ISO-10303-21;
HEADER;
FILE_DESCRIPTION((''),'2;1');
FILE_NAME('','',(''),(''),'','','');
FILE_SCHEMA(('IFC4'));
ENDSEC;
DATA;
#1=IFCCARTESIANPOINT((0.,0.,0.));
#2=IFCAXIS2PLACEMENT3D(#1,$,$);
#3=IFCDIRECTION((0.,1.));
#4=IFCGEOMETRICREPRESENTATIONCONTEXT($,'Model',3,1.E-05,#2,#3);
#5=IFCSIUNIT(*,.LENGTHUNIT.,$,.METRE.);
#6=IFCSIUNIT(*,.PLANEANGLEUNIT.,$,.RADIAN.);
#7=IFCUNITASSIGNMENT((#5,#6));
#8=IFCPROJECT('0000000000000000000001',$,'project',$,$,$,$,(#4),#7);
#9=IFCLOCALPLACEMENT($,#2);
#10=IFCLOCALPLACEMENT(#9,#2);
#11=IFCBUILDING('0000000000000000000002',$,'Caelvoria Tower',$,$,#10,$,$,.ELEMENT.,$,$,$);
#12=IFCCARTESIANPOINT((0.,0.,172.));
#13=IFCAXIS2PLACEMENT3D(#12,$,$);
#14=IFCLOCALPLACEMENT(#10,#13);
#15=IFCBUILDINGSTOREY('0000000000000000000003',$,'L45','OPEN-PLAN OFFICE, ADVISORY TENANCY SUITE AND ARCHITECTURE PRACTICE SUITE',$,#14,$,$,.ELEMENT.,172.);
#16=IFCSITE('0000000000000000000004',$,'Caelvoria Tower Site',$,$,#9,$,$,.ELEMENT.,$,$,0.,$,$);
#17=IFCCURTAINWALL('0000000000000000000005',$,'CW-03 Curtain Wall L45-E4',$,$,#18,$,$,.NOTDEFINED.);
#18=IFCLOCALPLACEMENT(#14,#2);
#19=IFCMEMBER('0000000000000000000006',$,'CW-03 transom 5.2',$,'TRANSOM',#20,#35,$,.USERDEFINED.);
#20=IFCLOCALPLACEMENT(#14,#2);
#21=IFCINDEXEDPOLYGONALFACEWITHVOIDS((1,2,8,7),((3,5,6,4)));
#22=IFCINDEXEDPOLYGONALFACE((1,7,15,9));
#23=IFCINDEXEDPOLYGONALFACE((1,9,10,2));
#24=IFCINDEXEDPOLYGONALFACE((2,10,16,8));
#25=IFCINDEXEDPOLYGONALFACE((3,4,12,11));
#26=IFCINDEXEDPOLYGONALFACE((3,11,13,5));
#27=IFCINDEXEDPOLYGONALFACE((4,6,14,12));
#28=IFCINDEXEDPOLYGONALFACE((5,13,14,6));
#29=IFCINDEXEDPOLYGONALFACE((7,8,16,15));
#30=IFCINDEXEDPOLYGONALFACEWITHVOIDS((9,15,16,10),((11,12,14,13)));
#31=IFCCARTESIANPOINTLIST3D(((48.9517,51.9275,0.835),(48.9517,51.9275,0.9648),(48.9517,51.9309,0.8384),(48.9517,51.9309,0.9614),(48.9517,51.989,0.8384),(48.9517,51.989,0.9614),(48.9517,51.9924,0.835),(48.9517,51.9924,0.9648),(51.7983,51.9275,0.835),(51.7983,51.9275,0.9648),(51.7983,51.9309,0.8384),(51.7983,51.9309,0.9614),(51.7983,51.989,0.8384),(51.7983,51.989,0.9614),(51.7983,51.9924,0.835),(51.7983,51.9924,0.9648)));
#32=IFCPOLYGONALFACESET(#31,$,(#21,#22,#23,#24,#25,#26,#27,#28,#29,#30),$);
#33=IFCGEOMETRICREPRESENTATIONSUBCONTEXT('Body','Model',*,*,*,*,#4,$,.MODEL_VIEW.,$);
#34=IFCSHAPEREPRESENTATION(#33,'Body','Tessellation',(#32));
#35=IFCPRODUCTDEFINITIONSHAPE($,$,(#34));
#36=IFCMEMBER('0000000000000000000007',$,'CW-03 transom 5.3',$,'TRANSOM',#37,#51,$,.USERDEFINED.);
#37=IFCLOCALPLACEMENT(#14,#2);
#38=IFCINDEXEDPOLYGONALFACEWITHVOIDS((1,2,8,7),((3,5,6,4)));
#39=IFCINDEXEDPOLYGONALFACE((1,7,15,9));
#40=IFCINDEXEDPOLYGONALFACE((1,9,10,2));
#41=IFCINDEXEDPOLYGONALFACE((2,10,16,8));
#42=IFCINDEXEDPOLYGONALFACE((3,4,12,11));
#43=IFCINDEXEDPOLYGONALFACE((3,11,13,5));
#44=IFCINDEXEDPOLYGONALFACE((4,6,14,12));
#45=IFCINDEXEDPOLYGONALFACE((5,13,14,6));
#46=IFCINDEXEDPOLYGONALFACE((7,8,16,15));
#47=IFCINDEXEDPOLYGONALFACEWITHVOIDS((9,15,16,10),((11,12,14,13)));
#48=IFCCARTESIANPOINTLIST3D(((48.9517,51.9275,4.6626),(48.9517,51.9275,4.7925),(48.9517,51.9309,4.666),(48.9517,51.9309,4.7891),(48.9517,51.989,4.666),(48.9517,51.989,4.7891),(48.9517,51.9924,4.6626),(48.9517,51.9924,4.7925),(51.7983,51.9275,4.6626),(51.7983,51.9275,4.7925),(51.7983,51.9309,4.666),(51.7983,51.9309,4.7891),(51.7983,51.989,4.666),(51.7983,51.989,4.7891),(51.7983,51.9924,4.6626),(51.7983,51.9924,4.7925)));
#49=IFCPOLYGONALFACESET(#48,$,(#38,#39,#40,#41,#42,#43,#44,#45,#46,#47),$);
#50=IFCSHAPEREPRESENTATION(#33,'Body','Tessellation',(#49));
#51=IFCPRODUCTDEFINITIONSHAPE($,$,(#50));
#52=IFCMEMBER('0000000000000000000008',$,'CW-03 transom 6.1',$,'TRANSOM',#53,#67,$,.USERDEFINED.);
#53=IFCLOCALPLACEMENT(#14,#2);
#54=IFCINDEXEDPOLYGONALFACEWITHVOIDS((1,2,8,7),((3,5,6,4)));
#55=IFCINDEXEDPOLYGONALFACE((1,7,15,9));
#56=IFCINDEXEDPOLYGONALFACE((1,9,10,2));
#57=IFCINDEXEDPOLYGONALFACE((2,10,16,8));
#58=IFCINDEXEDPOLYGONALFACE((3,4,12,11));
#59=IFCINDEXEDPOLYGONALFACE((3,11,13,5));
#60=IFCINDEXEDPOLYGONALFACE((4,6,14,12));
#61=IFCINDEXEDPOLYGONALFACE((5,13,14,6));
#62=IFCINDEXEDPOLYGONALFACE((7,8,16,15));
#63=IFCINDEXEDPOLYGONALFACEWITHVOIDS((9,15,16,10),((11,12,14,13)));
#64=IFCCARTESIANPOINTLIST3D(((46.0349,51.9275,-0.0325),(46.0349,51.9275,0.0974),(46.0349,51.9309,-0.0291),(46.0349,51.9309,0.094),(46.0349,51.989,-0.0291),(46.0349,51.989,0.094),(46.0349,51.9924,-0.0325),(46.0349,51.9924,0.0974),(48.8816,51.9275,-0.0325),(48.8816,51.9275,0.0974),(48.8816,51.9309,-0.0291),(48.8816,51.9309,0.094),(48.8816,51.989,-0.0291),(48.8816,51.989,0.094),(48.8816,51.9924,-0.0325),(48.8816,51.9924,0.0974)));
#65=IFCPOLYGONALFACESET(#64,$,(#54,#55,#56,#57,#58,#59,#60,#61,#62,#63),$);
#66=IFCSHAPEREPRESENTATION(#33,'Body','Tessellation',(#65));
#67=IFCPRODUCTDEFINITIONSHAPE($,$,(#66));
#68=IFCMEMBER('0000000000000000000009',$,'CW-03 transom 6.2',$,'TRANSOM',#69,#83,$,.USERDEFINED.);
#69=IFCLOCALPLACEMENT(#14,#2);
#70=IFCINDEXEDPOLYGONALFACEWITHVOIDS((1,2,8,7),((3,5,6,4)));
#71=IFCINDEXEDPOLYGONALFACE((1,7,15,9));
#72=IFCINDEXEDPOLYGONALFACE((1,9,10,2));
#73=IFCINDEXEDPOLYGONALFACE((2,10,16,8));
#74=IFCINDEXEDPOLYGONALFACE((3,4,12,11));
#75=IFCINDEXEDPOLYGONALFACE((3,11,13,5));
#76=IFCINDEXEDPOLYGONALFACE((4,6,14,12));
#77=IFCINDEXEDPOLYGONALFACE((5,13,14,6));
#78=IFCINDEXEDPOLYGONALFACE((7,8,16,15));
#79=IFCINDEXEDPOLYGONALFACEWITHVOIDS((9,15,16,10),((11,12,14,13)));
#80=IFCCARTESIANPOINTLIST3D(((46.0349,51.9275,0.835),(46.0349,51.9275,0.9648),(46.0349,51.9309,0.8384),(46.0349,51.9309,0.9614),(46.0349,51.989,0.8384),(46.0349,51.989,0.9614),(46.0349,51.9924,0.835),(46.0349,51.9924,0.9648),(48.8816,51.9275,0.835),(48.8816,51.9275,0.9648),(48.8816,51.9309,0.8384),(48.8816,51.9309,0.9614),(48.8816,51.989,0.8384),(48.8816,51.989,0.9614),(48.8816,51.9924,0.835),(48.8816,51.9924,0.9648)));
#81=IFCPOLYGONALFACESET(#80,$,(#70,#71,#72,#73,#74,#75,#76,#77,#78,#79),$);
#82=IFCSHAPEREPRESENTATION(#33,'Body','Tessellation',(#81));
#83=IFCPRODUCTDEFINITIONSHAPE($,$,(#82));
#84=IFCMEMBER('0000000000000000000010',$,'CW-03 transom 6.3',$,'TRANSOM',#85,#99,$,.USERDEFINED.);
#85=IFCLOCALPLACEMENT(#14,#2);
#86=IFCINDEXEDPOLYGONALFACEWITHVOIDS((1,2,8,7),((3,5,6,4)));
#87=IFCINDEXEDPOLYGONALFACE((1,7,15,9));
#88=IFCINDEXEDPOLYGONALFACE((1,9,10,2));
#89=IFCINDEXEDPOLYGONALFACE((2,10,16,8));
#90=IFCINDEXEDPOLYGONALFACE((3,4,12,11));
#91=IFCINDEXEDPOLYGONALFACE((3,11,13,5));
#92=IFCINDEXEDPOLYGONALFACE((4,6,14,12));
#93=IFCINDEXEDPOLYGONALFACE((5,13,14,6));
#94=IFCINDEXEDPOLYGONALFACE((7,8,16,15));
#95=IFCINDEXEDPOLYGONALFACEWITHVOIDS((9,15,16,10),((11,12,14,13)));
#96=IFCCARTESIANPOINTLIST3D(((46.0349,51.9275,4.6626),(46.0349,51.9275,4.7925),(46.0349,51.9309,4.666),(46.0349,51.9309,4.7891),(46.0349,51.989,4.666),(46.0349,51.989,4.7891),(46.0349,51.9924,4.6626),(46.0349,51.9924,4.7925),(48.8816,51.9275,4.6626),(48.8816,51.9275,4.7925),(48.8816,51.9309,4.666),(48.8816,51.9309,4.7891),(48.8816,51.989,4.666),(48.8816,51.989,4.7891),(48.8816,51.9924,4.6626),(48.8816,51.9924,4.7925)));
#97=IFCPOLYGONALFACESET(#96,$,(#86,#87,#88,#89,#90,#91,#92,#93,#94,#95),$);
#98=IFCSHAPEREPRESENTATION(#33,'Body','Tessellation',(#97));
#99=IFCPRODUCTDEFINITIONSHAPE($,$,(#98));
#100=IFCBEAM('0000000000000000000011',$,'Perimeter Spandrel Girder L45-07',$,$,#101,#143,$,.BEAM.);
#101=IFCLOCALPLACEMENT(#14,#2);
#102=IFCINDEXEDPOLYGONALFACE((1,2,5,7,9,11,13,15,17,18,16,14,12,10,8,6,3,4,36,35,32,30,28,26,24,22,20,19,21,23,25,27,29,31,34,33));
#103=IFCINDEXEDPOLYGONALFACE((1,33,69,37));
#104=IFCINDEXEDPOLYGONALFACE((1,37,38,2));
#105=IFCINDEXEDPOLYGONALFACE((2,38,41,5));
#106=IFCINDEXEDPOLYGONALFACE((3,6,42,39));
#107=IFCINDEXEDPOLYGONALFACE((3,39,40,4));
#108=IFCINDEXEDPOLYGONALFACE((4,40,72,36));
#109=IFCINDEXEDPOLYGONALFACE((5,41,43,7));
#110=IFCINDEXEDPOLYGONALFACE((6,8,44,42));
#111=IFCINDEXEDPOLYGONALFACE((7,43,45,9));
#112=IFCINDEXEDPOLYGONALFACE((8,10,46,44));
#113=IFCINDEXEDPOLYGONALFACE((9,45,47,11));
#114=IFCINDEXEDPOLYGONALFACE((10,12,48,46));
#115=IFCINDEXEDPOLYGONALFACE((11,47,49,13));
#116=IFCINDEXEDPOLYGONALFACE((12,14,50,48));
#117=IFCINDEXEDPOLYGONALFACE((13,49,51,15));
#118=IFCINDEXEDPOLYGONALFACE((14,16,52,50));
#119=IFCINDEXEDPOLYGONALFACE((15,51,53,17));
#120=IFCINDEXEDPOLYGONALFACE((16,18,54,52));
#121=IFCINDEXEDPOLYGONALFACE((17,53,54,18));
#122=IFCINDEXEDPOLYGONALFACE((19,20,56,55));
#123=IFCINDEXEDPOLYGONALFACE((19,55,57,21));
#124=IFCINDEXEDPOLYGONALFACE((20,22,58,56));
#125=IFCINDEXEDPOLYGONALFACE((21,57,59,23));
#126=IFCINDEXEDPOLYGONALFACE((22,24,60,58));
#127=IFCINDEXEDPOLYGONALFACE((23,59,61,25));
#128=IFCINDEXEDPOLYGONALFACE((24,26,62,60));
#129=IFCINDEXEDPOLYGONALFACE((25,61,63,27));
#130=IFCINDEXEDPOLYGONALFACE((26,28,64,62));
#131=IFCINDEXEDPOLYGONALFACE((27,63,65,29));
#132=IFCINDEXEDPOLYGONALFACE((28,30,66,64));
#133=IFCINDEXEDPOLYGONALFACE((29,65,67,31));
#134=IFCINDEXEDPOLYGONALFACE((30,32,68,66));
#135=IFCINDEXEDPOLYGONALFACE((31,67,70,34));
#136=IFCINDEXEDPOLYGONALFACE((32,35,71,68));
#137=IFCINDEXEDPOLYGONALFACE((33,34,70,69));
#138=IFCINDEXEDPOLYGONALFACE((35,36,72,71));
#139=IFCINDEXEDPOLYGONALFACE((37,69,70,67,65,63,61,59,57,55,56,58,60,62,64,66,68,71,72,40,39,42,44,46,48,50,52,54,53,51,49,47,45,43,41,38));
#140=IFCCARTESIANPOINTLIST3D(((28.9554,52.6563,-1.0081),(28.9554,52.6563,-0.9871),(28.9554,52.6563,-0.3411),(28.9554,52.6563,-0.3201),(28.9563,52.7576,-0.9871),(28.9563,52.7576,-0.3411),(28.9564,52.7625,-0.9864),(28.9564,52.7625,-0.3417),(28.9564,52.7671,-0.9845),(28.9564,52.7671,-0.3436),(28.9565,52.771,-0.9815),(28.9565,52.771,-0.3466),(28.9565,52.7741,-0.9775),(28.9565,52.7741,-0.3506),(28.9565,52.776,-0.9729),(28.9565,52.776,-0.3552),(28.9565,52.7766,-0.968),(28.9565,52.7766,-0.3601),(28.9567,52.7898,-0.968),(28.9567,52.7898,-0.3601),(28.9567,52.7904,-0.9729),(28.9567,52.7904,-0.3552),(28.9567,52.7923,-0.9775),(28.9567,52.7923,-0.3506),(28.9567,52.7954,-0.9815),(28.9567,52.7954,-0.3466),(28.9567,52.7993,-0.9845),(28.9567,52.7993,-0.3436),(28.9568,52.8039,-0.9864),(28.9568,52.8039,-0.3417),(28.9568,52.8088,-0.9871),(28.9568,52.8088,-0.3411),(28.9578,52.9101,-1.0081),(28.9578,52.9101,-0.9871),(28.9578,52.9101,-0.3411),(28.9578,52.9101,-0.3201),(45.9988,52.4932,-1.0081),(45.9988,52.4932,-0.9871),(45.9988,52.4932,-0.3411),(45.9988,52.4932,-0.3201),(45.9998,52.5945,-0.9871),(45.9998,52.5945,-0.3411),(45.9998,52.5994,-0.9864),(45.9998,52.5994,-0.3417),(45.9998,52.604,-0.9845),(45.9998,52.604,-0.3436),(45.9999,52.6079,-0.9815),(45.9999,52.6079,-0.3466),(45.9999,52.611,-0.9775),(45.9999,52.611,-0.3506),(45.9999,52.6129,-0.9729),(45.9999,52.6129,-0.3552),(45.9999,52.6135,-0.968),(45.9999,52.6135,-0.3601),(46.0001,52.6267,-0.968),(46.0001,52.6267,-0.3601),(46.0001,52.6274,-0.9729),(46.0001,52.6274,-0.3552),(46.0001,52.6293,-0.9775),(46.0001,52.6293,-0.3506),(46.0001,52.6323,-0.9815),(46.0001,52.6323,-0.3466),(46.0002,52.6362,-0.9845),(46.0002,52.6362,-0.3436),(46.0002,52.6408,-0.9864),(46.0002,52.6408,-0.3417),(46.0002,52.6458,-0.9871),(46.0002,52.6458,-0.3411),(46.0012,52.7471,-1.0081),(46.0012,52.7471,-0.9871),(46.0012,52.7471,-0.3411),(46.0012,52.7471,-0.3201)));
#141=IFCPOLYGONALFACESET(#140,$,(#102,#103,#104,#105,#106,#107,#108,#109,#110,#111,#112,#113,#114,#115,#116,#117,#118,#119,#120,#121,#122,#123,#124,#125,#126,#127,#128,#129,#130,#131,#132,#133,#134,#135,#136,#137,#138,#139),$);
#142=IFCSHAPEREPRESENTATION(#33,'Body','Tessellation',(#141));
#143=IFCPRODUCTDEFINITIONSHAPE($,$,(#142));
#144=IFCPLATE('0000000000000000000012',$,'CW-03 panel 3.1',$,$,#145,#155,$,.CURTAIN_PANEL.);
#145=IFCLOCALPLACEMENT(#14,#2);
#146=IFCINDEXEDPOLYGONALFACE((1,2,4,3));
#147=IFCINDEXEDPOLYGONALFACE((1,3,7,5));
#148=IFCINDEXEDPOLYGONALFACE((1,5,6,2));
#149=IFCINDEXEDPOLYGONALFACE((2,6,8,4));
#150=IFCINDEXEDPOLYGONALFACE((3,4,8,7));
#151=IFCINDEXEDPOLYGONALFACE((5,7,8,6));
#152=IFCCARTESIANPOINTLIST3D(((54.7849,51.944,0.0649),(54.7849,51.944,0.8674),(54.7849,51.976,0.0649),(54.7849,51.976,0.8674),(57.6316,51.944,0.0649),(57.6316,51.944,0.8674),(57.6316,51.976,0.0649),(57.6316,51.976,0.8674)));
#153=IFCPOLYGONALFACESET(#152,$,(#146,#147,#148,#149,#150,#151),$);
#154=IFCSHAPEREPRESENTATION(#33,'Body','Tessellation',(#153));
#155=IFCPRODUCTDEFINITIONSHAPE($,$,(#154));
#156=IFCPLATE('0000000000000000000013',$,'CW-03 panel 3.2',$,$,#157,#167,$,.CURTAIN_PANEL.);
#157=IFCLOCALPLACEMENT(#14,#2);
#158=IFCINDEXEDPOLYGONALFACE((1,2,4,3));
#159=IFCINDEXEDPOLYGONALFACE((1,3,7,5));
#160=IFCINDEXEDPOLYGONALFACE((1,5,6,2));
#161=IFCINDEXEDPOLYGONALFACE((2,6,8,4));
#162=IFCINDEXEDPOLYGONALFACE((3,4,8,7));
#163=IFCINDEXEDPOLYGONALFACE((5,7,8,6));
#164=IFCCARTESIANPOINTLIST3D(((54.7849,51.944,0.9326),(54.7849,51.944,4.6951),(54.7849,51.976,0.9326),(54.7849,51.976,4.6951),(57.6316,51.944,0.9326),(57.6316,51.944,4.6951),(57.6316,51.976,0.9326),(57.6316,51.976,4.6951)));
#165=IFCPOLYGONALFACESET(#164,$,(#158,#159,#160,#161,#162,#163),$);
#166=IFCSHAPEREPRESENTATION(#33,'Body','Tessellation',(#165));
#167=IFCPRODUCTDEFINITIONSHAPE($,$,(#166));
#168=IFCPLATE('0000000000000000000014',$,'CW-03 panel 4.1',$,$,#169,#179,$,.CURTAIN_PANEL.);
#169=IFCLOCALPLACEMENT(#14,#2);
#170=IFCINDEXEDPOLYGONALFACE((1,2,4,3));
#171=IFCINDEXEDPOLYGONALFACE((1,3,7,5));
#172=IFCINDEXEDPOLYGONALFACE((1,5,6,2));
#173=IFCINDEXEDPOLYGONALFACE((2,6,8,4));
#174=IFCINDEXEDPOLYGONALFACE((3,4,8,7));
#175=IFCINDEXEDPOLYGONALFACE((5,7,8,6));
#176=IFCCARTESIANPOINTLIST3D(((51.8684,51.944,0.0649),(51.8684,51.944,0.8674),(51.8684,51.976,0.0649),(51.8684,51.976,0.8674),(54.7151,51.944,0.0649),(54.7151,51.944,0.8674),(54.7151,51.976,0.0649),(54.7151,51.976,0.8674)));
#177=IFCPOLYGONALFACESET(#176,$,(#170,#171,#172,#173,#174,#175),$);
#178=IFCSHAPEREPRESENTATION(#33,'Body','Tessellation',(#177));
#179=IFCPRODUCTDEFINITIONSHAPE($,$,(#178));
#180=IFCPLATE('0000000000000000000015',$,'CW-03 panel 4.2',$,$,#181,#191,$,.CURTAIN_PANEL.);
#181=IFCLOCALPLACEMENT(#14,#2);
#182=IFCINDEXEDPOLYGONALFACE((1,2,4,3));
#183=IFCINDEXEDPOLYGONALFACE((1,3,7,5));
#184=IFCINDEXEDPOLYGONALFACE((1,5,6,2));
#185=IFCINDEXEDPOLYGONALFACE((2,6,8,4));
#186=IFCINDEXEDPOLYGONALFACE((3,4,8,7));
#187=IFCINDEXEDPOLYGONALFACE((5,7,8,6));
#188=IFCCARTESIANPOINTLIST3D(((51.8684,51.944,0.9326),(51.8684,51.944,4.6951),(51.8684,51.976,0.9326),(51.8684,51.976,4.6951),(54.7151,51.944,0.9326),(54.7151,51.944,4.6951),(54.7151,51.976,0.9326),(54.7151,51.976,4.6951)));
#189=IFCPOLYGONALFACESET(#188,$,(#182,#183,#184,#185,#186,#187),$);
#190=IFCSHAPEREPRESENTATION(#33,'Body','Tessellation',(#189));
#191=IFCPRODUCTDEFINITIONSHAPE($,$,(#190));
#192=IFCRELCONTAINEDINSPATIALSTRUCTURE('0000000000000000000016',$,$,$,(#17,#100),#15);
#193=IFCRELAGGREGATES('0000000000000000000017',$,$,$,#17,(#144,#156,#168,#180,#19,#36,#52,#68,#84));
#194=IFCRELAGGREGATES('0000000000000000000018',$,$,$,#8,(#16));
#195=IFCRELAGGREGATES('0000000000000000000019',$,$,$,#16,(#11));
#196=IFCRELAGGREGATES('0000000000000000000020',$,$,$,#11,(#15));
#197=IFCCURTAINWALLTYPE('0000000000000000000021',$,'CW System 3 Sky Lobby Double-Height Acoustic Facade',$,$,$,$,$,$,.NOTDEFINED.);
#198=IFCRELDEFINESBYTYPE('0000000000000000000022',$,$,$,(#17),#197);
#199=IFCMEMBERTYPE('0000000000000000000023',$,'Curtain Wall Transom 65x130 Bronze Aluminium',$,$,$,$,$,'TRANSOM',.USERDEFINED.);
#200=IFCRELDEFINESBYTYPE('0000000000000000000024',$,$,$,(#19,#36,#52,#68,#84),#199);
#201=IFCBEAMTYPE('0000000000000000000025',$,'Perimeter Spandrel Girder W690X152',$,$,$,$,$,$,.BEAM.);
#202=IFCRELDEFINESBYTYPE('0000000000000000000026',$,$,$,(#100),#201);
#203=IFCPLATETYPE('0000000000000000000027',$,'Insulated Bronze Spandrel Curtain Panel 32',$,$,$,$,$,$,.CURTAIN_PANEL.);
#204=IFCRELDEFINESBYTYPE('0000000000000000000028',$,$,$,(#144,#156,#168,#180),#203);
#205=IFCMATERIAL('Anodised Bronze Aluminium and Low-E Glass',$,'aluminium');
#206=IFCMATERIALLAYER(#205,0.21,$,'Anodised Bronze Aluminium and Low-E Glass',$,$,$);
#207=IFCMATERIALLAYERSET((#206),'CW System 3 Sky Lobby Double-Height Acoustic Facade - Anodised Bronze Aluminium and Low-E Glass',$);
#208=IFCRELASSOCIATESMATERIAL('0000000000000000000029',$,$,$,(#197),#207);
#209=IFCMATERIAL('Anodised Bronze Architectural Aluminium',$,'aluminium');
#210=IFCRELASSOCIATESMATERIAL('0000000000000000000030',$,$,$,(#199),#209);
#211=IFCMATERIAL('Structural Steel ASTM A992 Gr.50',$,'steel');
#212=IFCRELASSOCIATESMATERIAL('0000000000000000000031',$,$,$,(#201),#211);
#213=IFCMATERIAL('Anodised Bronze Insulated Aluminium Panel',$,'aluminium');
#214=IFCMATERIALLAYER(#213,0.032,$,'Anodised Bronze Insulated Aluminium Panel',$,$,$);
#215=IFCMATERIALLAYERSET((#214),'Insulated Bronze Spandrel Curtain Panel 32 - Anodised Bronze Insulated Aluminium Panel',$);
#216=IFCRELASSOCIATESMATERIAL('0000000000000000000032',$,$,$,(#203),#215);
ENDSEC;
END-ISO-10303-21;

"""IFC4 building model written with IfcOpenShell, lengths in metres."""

from ifc_helpers import new_model, si_unit, direction, frame, origin, origin_2d, place, context, subcontext, project, spatial, rectangle, hollow_rectangle, i_section, extrude, material, layer, layer_set, material_profile, profile_set, type_object, element, aggregate, save


model = new_model("IFC4")

# Units and contexts
model_context = context("Model", 3, precision=1e-05, world=origin(), true_north=direction((0.0, 1.0)))
body_context = subcontext(model_context, "Body", "Model", "MODEL_VIEW")
ifc_project = project(units=[si_unit("LENGTHUNIT", "METRE"), si_unit("PLANEANGLEUNIT", "RADIAN")], contexts=[model_context])

# Site, building, storey
site_placement = place(None, origin())
site = spatial("IfcSite", under=ifc_project, at=site_placement, Name="Caelvoria Tower Site", CompositionType="ELEMENT", RefElevation=0.0)
building_placement = place(site_placement, origin())
building = spatial("IfcBuilding", under=site, at=building_placement, Name="Caelvoria Tower", CompositionType="ELEMENT")
storey_placement = place(building_placement, frame((0.0, 0.0, 172.0)))
storey = spatial("IfcBuildingStorey", under=building, at=storey_placement, Name="L45", Description="OPEN-PLAN OFFICE, ADVISORY TENANCY SUITE AND ARCHITECTURE PRACTICE SUITE", CompositionType="ELEMENT", Elevation=172.0)

# Shared definitions
ifc_material_1 = material(Name="Structural Steel ASTM A992 Gr.50", Category="steel")

# Curtain wall, members
ifc_material_2 = material(Name="Anodised Bronze Aluminium and Low-E Glass", Category="aluminium")
ifc_layer_1 = layer(ifc_material_2, 0.21, Name="Anodised Bronze Aluminium and Low-E Glass")
ifc_layer_set_1 = layer_set([ifc_layer_1], Name="CW System 3 Sky Lobby Double-Height Acoustic Facade - Anodised Bronze Aluminium and Low-E Glass")
curtain_wall_type = type_object("IfcCurtainWallType", Name="CW System 3 Sky Lobby Double-Height Acoustic Facade", PredefinedType="NOTDEFINED", material=ifc_layer_set_1)
curtain_wall_placement = place(storey_placement, origin())
curtain_wall = element("IfcCurtainWall", 1, at=curtain_wall_placement, inside=storey, type_object=curtain_wall_type, Name="CW-03 Curtain Wall L45-E4", PredefinedType="NOTDEFINED")
ifc_material_3 = material(Name="Anodised Bronze Architectural Aluminium", Category="aluminium")
ifc_material_profile_1 = material_profile(ifc_material_3, hollow_rectangle(XDim=0.0649, YDim=0.1299, WallThickness=0.0034, at=origin_2d()), Name="Anodised Bronze Architectural Aluminium")
ifc_profile_set_1 = profile_set([ifc_material_profile_1], Name="CW_TRAN_65X130 - Anodised Bronze Architectural Aluminium")
member_type_1 = type_object("IfcMemberType", Name="Curtain Wall Transom 65x130 Bronze Aluminium", ElementType="TRANSOM", PredefinedType="USERDEFINED", material=ifc_profile_set_1)
member_1_placement = place(storey_placement, frame((51.7983, 51.96, 0.8999), z_axis=(-1.0, 0.0, 0.0), x_axis=(0.0, -1.0, 0.0)))
member_1 = element("IfcMember", 2, at=member_1_placement, type_object=member_type_1, Name="CW-03 transom 5.2", ObjectType="TRANSOM", PredefinedType="USERDEFINED", context=body_context, shape_type="SweptSolid", body=[
    extrude(hollow_rectangle(XDim=0.0649, YDim=0.1299, WallThickness=0.0034, at=origin_2d()), origin(), (0.0, 0.0, 1.0), 2.8467),
])
member_2_placement = place(storey_placement, frame((51.7983, 51.96, 4.7275), z_axis=(-1.0, 0.0, 0.0), x_axis=(0.0, -1.0, 0.0)))
member_2 = element("IfcMember", 3, at=member_2_placement, type_object=member_type_1, Name="CW-03 transom 5.3", ObjectType="TRANSOM", PredefinedType="USERDEFINED", context=body_context, shape_type="SweptSolid", body=[
    extrude(hollow_rectangle(XDim=0.0649, YDim=0.1299, WallThickness=0.0034, at=origin_2d()), origin(), (0.0, 0.0, 1.0), 2.8467),
])
member_3_placement = place(storey_placement, frame((48.8816, 51.96, 0.0325), z_axis=(-1.0, 0.0, 0.0), x_axis=(0.0, -1.0, 0.0)))
member_3 = element("IfcMember", 4, at=member_3_placement, type_object=member_type_1, Name="CW-03 transom 6.1", ObjectType="TRANSOM", PredefinedType="USERDEFINED", context=body_context, shape_type="SweptSolid", body=[
    extrude(hollow_rectangle(XDim=0.0649, YDim=0.1299, WallThickness=0.0034, at=origin_2d()), origin(), (0.0, 0.0, 1.0), 2.8467),
])
member_4_placement = place(storey_placement, frame((48.8816, 51.96, 0.8999), z_axis=(-1.0, 0.0, 0.0), x_axis=(0.0, -1.0, 0.0)))
member_4 = element("IfcMember", 5, at=member_4_placement, type_object=member_type_1, Name="CW-03 transom 6.2", ObjectType="TRANSOM", PredefinedType="USERDEFINED", context=body_context, shape_type="SweptSolid", body=[
    extrude(hollow_rectangle(XDim=0.0649, YDim=0.1299, WallThickness=0.0034, at=origin_2d()), origin(), (0.0, 0.0, 1.0), 2.8467),
])
member_5_placement = place(storey_placement, frame((48.8816, 51.96, 4.7275), z_axis=(-1.0, 0.0, 0.0), x_axis=(0.0, -1.0, 0.0)))
member_5 = element("IfcMember", 6, at=member_5_placement, type_object=member_type_1, Name="CW-03 transom 6.3", ObjectType="TRANSOM", PredefinedType="USERDEFINED", context=body_context, shape_type="SweptSolid", body=[
    extrude(hollow_rectangle(XDim=0.0649, YDim=0.1299, WallThickness=0.0034, at=origin_2d()), origin(), (0.0, 0.0, 1.0), 2.8467),
])

# Beam
ifc_material_profile_2 = material_profile(ifc_material_1, i_section(OverallWidth=0.2539, OverallDepth=0.688, WebThickness=0.0132, FlangeThickness=0.021, FilletRadius=0.019, at=origin_2d()), Name="Structural Steel ASTM A992 Gr.50")
ifc_profile_set_2 = profile_set([ifc_material_profile_2], Name="W690X152 - Structural Steel ASTM A992 Gr.50")
beam_type = type_object("IfcBeamType", Name="Perimeter Spandrel Girder W690X152", PredefinedType="BEAM", material=ifc_profile_set_2)
beam_placement = place(storey_placement, frame((46.0, 52.6201, -0.6641), z_axis=(-0.999954, 0.009568, 0.0), x_axis=(-0.009568, -0.999954, 0.0)))
element("IfcBeam", 7, at=beam_placement, inside=storey, type_object=beam_type, Name="Perimeter Spandrel Girder L45-07", PredefinedType="BEAM", context=body_context, shape_type="SweptSolid", body=[
    extrude(i_section(OverallWidth=0.2539, OverallDepth=0.688, WebThickness=0.0132, FlangeThickness=0.021, FilletRadius=0.019, at=origin_2d()), origin(), (0.0, 0.0, 1.0), 17.0442),
])

# Plates
ifc_material_4 = material(Name="Anodised Bronze Insulated Aluminium Panel", Category="aluminium")
ifc_layer_2 = layer(ifc_material_4, 0.032, Name="Anodised Bronze Insulated Aluminium Panel")
ifc_layer_set_2 = layer_set([ifc_layer_2], Name="Insulated Bronze Spandrel Curtain Panel 32 - Anodised Bronze Insulated Aluminium Panel")
plate_type = type_object("IfcPlateType", Name="Insulated Bronze Spandrel Curtain Panel 32", PredefinedType="CURTAIN_PANEL", material=ifc_layer_set_2)
plate_1_placement = place(storey_placement, frame((56.2083, 51.96, 0.0649), z_axis=(0.0, 0.0, 1.0), x_axis=(-1.0, 0.0, 0.0)))
plate_1 = element("IfcPlate", 8, at=plate_1_placement, type_object=plate_type, Name="CW-03 panel 3.1", PredefinedType="CURTAIN_PANEL", context=body_context, shape_type="SweptSolid", body=[
    extrude(rectangle(XDim=2.8467, YDim=0.032, at=origin_2d()), origin(), (0.0, 0.0, 1.0), 0.8025),
])
plate_2_placement = place(storey_placement, frame((56.2083, 51.96, 0.9326), z_axis=(0.0, 0.0, 1.0), x_axis=(-1.0, 0.0, 0.0)))
plate_2 = element("IfcPlate", 9, at=plate_2_placement, type_object=plate_type, Name="CW-03 panel 3.2", PredefinedType="CURTAIN_PANEL", context=body_context, shape_type="SweptSolid", body=[
    extrude(rectangle(XDim=2.8467, YDim=0.032, at=origin_2d()), origin(), (0.0, 0.0, 1.0), 3.7625),
])
plate_3_placement = place(storey_placement, frame((53.2917, 51.96, 0.0649), z_axis=(0.0, 0.0, 1.0), x_axis=(-1.0, 0.0, 0.0)))
plate_3 = element("IfcPlate", 10, at=plate_3_placement, type_object=plate_type, Name="CW-03 panel 4.1", PredefinedType="CURTAIN_PANEL", context=body_context, shape_type="SweptSolid", body=[
    extrude(rectangle(XDim=2.8467, YDim=0.032, at=origin_2d()), origin(), (0.0, 0.0, 1.0), 0.8025),
])
plate_4_placement = place(storey_placement, frame((53.2917, 51.96, 0.9326), z_axis=(0.0, 0.0, 1.0), x_axis=(-1.0, 0.0, 0.0)))
plate_4 = element("IfcPlate", 11, at=plate_4_placement, type_object=plate_type, Name="CW-03 panel 4.2", PredefinedType="CURTAIN_PANEL", context=body_context, shape_type="SweptSolid", body=[
    extrude(rectangle(XDim=2.8467, YDim=0.032, at=origin_2d()), origin(), (0.0, 0.0, 1.0), 3.7625),
])
aggregate(curtain_wall, [plate_1, plate_2, plate_3, plate_4, member_1, member_2, member_3, member_4, member_5])

save(model, "model.ifc")
